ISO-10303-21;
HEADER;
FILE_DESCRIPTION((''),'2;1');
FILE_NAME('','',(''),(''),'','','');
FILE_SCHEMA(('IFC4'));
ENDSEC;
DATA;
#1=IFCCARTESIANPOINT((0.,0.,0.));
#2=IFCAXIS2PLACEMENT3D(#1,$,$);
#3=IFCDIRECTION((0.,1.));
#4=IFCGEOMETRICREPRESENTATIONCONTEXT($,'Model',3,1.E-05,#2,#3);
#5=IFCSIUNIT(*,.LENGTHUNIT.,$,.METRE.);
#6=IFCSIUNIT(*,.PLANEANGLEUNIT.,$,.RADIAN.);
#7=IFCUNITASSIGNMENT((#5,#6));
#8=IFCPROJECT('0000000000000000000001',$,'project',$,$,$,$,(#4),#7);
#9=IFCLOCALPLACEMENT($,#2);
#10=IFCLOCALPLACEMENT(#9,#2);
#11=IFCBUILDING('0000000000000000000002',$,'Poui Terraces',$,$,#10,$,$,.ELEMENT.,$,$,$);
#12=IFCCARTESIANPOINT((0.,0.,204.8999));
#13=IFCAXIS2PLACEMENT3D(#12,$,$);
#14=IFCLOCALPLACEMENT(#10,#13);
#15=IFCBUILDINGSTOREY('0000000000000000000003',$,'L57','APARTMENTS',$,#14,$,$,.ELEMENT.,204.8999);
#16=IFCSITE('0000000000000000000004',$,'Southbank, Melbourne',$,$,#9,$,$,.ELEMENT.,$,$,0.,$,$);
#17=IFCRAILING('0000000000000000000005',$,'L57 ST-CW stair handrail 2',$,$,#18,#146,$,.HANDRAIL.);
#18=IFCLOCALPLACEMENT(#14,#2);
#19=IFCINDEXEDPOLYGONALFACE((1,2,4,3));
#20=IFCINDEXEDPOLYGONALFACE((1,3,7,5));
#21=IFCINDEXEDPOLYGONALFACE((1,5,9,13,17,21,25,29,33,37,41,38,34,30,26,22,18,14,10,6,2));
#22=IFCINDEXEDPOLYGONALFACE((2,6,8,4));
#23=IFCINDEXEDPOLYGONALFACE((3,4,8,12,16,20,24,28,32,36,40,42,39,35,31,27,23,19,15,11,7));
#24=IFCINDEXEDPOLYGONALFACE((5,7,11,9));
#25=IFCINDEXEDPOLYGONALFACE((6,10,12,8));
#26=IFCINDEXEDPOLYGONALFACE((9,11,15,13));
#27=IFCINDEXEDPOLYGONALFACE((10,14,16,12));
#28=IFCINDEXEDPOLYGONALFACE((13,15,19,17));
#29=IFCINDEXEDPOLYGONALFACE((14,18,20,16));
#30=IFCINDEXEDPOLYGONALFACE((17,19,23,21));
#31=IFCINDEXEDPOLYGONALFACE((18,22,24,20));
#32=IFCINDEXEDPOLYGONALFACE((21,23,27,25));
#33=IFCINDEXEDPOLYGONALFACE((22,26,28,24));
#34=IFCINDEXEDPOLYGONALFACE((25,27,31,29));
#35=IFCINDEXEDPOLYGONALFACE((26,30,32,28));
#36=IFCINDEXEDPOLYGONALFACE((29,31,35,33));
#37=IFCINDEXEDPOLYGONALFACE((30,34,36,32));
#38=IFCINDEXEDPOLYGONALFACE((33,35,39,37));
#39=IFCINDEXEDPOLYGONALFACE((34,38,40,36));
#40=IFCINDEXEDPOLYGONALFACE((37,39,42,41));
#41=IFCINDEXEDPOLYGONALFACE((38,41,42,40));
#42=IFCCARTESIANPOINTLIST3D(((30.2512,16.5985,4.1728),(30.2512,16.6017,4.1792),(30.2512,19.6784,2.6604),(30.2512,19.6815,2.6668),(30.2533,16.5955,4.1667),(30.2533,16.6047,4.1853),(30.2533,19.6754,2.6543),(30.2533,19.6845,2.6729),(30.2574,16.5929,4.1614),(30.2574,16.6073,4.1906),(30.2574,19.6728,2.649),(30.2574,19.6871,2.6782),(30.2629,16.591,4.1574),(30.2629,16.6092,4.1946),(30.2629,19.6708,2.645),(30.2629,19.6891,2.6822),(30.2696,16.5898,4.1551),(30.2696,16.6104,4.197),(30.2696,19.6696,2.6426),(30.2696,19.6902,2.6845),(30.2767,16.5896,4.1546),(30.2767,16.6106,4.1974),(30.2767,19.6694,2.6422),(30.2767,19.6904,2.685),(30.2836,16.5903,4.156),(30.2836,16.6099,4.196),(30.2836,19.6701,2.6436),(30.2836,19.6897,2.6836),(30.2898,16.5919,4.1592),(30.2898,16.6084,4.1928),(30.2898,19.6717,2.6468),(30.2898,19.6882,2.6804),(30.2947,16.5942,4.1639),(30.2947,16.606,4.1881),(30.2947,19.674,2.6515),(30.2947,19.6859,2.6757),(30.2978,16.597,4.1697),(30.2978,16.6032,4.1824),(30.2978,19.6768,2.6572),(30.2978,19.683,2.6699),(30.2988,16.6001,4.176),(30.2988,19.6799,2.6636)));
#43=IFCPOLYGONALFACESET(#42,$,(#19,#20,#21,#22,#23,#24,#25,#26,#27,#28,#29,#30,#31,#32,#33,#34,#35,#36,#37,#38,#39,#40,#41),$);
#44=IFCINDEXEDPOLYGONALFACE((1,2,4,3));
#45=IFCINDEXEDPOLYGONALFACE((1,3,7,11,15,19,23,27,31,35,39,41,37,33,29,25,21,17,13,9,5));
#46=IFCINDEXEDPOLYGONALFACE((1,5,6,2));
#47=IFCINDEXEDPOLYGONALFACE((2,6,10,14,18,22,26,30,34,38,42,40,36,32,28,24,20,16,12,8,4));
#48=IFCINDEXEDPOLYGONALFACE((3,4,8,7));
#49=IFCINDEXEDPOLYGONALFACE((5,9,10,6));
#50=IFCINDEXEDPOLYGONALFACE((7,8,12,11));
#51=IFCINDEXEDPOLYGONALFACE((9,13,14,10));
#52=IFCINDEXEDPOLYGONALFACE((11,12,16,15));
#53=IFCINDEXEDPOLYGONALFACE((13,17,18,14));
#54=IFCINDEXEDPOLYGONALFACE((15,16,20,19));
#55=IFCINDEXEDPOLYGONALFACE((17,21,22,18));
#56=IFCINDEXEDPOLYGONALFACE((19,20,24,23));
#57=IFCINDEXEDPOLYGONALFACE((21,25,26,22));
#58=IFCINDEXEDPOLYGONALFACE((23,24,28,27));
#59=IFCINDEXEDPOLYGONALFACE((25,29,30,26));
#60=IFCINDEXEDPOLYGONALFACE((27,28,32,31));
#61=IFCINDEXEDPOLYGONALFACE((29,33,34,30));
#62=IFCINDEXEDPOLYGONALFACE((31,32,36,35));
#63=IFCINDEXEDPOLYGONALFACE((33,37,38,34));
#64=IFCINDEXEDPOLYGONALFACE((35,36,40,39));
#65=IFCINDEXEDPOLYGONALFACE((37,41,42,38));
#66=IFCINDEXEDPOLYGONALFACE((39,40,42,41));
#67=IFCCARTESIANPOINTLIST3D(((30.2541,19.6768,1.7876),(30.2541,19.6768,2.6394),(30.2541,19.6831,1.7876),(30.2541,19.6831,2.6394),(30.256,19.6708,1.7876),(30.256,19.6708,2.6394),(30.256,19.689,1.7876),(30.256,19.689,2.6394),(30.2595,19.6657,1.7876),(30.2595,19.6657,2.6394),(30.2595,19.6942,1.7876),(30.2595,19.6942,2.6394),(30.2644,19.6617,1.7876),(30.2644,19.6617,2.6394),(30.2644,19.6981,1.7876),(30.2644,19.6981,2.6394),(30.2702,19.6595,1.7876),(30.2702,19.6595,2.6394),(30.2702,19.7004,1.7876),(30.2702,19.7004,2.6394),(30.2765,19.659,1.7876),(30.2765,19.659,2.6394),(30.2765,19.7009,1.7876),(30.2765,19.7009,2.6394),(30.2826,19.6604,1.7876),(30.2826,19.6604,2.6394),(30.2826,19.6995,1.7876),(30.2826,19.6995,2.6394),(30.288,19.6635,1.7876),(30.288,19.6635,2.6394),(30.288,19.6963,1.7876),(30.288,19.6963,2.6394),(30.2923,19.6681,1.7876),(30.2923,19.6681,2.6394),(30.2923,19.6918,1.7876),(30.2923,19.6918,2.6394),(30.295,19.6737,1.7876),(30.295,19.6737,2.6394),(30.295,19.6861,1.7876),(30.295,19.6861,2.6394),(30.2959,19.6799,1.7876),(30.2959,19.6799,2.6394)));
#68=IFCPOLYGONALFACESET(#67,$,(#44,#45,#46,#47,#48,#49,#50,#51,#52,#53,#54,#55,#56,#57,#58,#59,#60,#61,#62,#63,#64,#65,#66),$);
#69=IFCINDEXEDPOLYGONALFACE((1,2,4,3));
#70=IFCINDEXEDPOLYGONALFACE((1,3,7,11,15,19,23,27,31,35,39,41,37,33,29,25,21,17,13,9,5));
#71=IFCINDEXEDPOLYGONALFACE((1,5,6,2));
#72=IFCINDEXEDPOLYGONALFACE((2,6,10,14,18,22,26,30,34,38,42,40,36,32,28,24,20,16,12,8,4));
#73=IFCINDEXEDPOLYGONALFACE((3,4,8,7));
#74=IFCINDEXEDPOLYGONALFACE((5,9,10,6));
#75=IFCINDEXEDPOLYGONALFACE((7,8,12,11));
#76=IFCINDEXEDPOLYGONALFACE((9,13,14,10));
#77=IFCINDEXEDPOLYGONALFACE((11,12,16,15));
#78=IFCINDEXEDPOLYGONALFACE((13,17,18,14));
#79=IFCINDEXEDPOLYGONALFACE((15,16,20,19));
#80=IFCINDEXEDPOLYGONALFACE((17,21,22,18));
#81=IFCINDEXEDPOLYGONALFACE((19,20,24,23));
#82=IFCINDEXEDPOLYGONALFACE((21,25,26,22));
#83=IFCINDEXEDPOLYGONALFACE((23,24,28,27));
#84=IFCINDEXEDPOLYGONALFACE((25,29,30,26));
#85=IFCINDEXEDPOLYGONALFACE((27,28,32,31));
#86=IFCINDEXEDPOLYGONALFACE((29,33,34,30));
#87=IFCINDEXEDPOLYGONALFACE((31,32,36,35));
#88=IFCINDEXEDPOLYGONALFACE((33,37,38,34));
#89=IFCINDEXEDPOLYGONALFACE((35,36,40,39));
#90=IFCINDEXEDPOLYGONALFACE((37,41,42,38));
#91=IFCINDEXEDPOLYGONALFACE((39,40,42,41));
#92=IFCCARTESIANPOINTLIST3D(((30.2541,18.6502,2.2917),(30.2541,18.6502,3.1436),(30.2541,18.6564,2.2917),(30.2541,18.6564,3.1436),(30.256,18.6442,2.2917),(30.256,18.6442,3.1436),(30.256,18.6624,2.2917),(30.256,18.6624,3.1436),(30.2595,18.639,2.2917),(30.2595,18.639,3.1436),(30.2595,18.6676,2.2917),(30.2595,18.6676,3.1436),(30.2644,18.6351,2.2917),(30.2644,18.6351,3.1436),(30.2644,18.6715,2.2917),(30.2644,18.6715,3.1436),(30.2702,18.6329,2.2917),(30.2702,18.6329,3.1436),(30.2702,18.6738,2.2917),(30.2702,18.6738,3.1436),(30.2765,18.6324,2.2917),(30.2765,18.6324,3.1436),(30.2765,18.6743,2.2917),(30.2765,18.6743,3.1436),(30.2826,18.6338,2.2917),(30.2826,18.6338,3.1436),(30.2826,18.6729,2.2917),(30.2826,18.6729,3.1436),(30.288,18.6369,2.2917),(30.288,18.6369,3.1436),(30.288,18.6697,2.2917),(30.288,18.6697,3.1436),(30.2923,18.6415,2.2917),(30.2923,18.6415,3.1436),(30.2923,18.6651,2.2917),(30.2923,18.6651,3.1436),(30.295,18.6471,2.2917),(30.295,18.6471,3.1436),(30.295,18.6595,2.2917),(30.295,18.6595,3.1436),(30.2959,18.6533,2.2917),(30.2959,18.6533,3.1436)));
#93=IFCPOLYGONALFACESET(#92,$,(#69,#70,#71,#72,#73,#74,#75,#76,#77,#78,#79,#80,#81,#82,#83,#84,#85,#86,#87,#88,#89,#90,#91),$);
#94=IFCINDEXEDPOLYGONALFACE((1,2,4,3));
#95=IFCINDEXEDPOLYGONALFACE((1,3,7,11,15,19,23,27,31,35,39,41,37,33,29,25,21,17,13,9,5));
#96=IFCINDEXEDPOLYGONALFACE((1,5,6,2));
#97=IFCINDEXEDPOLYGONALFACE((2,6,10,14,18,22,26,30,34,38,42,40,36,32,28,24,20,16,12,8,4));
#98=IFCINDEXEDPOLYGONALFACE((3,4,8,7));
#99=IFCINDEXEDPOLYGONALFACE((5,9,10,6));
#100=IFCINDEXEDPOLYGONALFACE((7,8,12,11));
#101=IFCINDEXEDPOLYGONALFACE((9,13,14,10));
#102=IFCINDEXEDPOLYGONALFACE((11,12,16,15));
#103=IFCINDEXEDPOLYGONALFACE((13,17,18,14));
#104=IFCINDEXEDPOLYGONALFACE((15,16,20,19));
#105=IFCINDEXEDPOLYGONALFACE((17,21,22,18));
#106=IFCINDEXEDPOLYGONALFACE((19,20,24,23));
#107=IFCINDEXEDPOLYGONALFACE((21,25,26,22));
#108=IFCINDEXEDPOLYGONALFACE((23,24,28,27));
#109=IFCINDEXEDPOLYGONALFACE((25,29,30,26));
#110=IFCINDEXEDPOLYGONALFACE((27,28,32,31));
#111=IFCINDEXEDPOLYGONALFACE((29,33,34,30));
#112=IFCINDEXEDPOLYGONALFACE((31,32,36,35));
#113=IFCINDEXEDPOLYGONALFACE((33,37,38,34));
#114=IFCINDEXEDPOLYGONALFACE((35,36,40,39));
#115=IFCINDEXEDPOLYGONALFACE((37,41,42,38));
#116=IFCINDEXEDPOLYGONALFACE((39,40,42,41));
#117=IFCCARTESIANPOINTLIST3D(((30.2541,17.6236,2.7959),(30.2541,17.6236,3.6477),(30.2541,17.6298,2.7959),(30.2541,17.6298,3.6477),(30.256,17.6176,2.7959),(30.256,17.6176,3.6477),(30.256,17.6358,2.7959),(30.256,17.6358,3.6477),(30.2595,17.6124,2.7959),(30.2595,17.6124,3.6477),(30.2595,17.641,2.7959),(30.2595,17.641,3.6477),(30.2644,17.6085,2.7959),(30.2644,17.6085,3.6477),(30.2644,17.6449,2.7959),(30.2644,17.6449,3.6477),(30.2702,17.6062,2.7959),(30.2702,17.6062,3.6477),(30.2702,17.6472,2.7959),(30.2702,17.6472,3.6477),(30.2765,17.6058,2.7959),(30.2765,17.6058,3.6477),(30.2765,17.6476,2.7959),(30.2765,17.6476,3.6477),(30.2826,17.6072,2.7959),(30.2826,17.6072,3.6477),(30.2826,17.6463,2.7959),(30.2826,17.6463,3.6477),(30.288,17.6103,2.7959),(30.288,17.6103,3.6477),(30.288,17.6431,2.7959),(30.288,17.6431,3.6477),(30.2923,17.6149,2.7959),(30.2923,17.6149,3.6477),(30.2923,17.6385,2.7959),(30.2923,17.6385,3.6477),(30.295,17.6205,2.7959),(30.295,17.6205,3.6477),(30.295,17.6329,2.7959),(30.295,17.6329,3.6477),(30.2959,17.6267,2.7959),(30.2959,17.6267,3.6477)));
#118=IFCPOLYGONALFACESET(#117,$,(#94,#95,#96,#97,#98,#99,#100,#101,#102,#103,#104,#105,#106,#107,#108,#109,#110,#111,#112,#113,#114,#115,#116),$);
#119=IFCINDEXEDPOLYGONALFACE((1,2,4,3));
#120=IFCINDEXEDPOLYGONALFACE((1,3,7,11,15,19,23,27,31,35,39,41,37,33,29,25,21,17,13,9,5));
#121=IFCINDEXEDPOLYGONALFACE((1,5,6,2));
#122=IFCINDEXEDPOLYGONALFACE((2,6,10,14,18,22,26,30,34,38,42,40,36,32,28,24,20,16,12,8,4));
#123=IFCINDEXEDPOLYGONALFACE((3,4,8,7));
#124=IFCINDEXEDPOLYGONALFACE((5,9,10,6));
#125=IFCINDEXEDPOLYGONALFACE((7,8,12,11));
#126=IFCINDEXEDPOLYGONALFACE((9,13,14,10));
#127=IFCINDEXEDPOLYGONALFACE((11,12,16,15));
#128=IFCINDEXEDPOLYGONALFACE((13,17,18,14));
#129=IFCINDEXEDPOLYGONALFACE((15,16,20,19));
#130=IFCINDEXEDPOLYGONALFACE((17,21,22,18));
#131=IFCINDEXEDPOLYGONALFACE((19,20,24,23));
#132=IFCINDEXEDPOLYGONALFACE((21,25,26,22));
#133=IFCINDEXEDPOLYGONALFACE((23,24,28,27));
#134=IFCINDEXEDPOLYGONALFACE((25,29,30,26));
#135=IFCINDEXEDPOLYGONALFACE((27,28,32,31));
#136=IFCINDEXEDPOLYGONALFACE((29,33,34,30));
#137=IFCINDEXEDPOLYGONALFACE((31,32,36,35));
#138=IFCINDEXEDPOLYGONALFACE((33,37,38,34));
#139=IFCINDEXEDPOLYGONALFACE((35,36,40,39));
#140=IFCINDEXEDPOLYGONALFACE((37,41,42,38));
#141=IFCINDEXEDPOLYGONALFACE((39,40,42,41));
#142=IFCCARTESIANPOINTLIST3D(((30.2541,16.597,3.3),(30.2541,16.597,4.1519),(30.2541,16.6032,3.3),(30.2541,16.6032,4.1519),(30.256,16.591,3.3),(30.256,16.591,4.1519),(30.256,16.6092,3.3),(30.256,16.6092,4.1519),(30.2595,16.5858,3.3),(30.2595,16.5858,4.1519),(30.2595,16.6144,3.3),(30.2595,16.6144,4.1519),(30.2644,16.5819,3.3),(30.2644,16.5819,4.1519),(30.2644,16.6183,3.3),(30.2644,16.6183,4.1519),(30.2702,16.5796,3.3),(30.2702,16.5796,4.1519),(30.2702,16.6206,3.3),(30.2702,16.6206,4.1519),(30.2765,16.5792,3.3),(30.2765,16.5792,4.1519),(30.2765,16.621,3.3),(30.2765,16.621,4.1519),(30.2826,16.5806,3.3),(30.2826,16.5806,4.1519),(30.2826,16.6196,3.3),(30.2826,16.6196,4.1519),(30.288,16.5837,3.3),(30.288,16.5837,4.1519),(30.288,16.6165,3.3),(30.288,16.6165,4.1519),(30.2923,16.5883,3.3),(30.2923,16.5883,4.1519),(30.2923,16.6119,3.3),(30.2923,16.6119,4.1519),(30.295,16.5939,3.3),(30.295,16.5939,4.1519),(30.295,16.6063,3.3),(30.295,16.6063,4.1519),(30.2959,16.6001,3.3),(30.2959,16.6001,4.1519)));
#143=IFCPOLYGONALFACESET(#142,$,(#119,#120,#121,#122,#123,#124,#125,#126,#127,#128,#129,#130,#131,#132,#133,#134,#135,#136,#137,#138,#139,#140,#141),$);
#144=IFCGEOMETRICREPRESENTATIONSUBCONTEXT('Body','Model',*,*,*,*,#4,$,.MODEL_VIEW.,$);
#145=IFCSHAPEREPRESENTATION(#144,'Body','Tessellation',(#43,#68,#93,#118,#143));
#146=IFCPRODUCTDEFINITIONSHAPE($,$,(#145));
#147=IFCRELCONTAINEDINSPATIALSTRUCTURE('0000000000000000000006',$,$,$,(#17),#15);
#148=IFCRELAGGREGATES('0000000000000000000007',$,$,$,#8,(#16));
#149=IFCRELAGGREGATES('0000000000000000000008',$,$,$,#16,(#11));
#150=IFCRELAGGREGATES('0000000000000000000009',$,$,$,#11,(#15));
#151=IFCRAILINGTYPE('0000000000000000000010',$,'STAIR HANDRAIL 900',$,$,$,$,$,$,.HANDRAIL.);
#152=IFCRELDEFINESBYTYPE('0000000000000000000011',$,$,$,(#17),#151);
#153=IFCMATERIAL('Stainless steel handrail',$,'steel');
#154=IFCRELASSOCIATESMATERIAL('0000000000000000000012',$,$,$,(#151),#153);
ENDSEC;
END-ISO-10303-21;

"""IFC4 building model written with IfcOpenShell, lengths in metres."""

from ifc_helpers import new_model, si_unit, direction, frame, origin, origin_2d, place, context, subcontext, project, spatial, circle, extrude, material, type_object, element, save


model = new_model("IFC4")

# Units and contexts
model_context = context("Model", 3, precision=1e-05, world=origin(), true_north=direction((0.0, 1.0)))
body_context = subcontext(model_context, "Body", "Model", "MODEL_VIEW")
ifc_project = project(units=[si_unit("LENGTHUNIT", "METRE"), si_unit("PLANEANGLEUNIT", "RADIAN")], contexts=[model_context])

# Site, building, storey
site_placement = place(None, origin())
site = spatial("IfcSite", under=ifc_project, at=site_placement, Name="Southbank, Melbourne", CompositionType="ELEMENT", RefElevation=0.0)
building_placement = place(site_placement, origin())
building = spatial("IfcBuilding", under=site, at=building_placement, Name="Poui Terraces", CompositionType="ELEMENT")
storey_placement = place(building_placement, frame((0.0, 0.0, 204.8999)))
storey = spatial("IfcBuildingStorey", under=building, at=storey_placement, Name="L57", Description="APARTMENTS", CompositionType="ELEMENT", Elevation=204.8999)

# Railing
ifc_material_1 = material(Name="Stainless steel handrail", Category="steel")
railing_type_1 = type_object("IfcRailingType", Name="STAIR HANDRAIL 900", PredefinedType="HANDRAIL", material=ifc_material_1)
railing_1_placement = place(storey_placement, frame((30.2749, 19.6799, 1.7876)))
element("IfcRailing", 1, at=railing_1_placement, inside=storey, type_object=railing_type_1, Name="L57 ST-CW stair handrail 2", PredefinedType="HANDRAIL", context=body_context, shape_type="SweptSolid", body=[
    extrude(circle(Radius=0.0239, at=origin_2d()), frame((0.0, 0.0, 0.876), z_axis=(0.0, -0.897606, 0.440798), x_axis=(1.0, 0.0, 0.0)), (0.0, 0.0, 1.0), 3.4312),
    extrude(circle(Radius=0.021, at=origin_2d()), origin(), (0.0, 0.0, 1.0), 0.8518),
    extrude(circle(Radius=0.021, at=origin_2d()), frame((0.0, -1.0266, 0.5042)), (0.0, 0.0, 1.0), 0.8518),
    extrude(circle(Radius=0.021, at=origin_2d()), frame((0.0, -2.0532, 1.0083)), (0.0, 0.0, 1.0), 0.8518),
    extrude(circle(Radius=0.021, at=origin_2d()), frame((0.0, -3.0798, 1.5125)), (0.0, 0.0, 1.0), 0.8518),
])

save(model, "model.ifc")
